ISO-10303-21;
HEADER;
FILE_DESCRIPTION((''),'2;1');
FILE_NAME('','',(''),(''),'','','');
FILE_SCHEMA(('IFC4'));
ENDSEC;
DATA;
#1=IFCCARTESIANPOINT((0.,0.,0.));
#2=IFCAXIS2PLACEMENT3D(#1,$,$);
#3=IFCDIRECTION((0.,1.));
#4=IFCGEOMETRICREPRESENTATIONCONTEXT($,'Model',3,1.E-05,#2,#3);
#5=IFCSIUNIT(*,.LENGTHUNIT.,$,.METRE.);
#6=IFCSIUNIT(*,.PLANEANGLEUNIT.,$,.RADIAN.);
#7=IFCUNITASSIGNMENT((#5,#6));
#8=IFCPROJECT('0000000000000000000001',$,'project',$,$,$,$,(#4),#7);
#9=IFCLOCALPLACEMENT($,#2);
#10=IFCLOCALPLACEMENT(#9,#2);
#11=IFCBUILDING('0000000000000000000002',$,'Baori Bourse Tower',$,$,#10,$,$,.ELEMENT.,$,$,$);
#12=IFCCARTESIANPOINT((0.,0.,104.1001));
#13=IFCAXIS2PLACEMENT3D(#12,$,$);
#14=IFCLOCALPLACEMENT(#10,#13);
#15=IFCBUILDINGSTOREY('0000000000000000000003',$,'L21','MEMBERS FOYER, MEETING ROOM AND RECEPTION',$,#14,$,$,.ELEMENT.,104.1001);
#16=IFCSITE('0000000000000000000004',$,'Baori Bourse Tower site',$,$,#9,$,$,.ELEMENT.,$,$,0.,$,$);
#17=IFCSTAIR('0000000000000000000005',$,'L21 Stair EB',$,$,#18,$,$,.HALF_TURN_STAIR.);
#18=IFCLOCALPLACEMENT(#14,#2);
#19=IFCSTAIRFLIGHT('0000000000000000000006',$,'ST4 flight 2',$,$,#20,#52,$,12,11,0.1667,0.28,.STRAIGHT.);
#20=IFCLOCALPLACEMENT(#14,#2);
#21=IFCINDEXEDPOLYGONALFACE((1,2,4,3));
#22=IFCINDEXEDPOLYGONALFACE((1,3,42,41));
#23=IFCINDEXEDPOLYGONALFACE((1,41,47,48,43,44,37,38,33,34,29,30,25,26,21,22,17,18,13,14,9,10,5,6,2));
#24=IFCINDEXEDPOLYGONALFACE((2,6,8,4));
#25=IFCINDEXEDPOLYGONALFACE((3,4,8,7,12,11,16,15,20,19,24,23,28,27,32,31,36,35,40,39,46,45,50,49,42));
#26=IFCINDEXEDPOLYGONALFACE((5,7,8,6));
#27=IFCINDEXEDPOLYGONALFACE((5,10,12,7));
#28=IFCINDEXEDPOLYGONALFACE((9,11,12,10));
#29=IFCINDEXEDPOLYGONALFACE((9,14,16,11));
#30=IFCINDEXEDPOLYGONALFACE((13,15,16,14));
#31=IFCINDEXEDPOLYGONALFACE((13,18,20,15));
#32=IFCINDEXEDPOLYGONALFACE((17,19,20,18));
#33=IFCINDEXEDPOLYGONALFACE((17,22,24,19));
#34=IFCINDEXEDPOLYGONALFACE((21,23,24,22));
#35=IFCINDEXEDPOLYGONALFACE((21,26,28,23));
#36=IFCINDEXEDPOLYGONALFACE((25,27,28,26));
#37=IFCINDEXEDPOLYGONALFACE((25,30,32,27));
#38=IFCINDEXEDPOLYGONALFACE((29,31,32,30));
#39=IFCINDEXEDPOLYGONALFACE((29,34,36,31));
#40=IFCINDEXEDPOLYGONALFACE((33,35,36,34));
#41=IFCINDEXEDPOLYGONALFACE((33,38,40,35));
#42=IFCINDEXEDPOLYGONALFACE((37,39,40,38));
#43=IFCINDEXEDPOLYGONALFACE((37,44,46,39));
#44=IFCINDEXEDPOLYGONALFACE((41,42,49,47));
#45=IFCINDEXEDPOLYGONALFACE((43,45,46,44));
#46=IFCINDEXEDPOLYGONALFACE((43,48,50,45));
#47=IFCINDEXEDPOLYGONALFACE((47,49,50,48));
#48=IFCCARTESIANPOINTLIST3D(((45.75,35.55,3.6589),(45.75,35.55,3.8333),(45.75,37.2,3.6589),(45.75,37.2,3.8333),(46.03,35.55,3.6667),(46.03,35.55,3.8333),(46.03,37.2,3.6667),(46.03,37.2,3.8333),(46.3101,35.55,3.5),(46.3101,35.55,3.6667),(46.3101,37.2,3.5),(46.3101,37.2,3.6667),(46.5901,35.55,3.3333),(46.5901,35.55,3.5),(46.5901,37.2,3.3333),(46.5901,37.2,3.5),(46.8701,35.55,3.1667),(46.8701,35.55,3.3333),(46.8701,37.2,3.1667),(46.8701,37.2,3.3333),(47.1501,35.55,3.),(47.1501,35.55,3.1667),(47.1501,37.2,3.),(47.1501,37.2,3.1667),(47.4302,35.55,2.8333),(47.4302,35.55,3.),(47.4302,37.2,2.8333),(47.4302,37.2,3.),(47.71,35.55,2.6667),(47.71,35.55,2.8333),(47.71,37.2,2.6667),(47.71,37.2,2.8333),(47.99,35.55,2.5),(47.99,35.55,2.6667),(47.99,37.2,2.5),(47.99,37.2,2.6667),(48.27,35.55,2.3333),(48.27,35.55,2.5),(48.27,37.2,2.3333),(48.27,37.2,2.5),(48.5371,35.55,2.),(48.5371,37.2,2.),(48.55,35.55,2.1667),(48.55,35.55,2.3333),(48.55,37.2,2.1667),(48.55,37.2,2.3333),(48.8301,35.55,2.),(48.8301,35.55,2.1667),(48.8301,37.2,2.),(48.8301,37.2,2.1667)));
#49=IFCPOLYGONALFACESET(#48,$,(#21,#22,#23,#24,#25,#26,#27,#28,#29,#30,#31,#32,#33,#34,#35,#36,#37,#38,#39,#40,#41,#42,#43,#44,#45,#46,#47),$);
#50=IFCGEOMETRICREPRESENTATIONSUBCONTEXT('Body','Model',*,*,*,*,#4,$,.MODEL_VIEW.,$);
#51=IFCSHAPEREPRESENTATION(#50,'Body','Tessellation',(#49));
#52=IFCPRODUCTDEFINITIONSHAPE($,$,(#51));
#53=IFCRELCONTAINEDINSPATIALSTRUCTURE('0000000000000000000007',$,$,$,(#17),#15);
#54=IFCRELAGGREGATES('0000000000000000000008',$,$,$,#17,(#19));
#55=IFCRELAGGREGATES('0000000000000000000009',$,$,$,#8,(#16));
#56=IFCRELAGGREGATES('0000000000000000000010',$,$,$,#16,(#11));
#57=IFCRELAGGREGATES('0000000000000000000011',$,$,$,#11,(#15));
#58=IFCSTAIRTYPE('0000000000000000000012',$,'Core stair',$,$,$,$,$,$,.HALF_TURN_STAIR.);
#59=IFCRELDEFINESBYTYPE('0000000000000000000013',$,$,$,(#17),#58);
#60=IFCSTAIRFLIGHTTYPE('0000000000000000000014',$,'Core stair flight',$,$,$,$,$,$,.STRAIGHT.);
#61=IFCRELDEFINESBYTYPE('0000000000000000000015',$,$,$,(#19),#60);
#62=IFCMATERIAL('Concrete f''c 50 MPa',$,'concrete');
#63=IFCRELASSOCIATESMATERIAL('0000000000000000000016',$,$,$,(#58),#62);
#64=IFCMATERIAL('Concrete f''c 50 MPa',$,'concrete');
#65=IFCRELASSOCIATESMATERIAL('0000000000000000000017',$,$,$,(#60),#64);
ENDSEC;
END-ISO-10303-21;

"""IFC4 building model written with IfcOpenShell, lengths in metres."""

from ifc_helpers import new_model, si_unit, direction, frame, origin, place, context, subcontext, project, spatial, polyline, outline, extrude, material, type_object, element, aggregate, save


model = new_model("IFC4")

# Units and contexts
model_context = context("Model", 3, precision=1e-05, world=origin(), true_north=direction((0.0, 1.0)))
body_context = subcontext(model_context, "Body", "Model", "MODEL_VIEW")
ifc_project = project(units=[si_unit("LENGTHUNIT", "METRE"), si_unit("PLANEANGLEUNIT", "RADIAN")], contexts=[model_context])

# Site, building, storey
site_placement = place(None, origin())
site = spatial("IfcSite", under=ifc_project, at=site_placement, Name="Baori Bourse Tower site", CompositionType="ELEMENT", RefElevation=0.0)
building_placement = place(site_placement, origin())
building = spatial("IfcBuilding", under=site, at=building_placement, Name="Baori Bourse Tower", CompositionType="ELEMENT")
storey_placement = place(building_placement, frame((0.0, 0.0, 104.1001)))
storey = spatial("IfcBuildingStorey", under=building, at=storey_placement, Name="L21", Description="MEMBERS FOYER, MEETING ROOM AND RECEPTION", CompositionType="ELEMENT", Elevation=104.1001)

# Stair, stair flight
ifc_material_1 = material(Name="Concrete f'c 50 MPa", Category="concrete")
stair_type = type_object("IfcStairType", Name="Core stair", PredefinedType="HALF_TURN_STAIR", material=ifc_material_1)
stair_placement = place(storey_placement, origin())
stair = element("IfcStair", 1, at=stair_placement, inside=storey, type_object=stair_type, Name="L21 Stair EB", PredefinedType="HALF_TURN_STAIR")
ifc_material_2 = material(Name="Concrete f'c 50 MPa", Category="concrete")
stair_flight_type = type_object("IfcStairFlightType", Name="Core stair flight", PredefinedType="STRAIGHT", material=ifc_material_2)
stair_flight_1_placement = place(storey_placement, frame((48.8301, 36.375, 2.0), z_axis=(0.0, 0.0, 1.0), x_axis=(-1.0, 0.0, 0.0)))
stair_flight_1 = element("IfcStairFlight", 2, at=stair_flight_1_placement, type_object=stair_flight_type, Name="ST4 flight 2", NumberOfRisers=12, NumberOfTreads=11, PredefinedType="STRAIGHT", RiserHeight=0.1667, TreadLength=0.28, context=body_context, shape_type="SweptSolid", body=[
    extrude(outline(polyline([(0.0, 0.0), (0.0, 0.1667), (0.28, 0.1667), (0.28, 0.3333), (0.5601, 0.3333), (0.5601, 0.5), (0.8401, 0.5), (0.8401, 0.6667), (1.1201, 0.6667), (1.1201, 0.8333), (1.3999, 0.8333), (1.3999, 1.0), (1.6799, 1.0), (1.6799, 1.1667), (1.96, 1.1667), (1.96, 1.3333), (2.24, 1.3333), (2.24, 1.5), (2.52, 1.5), (2.52, 1.6667), (2.8, 1.6667), (2.8, 1.8333), (3.0801, 1.8333), (3.0801, 2.0), (3.0801, 1.6589), (0.293, 0.0), (0.0, 0.0)])), frame((0.0, 0.825, 0.0), z_axis=(0.0, -1.0, 0.0), x_axis=(1.0, 0.0, 0.0)), (0.0, 0.0, 1.0), 1.6499),
])
aggregate(stair, [stair_flight_1])

save(model, "model.ifc")
